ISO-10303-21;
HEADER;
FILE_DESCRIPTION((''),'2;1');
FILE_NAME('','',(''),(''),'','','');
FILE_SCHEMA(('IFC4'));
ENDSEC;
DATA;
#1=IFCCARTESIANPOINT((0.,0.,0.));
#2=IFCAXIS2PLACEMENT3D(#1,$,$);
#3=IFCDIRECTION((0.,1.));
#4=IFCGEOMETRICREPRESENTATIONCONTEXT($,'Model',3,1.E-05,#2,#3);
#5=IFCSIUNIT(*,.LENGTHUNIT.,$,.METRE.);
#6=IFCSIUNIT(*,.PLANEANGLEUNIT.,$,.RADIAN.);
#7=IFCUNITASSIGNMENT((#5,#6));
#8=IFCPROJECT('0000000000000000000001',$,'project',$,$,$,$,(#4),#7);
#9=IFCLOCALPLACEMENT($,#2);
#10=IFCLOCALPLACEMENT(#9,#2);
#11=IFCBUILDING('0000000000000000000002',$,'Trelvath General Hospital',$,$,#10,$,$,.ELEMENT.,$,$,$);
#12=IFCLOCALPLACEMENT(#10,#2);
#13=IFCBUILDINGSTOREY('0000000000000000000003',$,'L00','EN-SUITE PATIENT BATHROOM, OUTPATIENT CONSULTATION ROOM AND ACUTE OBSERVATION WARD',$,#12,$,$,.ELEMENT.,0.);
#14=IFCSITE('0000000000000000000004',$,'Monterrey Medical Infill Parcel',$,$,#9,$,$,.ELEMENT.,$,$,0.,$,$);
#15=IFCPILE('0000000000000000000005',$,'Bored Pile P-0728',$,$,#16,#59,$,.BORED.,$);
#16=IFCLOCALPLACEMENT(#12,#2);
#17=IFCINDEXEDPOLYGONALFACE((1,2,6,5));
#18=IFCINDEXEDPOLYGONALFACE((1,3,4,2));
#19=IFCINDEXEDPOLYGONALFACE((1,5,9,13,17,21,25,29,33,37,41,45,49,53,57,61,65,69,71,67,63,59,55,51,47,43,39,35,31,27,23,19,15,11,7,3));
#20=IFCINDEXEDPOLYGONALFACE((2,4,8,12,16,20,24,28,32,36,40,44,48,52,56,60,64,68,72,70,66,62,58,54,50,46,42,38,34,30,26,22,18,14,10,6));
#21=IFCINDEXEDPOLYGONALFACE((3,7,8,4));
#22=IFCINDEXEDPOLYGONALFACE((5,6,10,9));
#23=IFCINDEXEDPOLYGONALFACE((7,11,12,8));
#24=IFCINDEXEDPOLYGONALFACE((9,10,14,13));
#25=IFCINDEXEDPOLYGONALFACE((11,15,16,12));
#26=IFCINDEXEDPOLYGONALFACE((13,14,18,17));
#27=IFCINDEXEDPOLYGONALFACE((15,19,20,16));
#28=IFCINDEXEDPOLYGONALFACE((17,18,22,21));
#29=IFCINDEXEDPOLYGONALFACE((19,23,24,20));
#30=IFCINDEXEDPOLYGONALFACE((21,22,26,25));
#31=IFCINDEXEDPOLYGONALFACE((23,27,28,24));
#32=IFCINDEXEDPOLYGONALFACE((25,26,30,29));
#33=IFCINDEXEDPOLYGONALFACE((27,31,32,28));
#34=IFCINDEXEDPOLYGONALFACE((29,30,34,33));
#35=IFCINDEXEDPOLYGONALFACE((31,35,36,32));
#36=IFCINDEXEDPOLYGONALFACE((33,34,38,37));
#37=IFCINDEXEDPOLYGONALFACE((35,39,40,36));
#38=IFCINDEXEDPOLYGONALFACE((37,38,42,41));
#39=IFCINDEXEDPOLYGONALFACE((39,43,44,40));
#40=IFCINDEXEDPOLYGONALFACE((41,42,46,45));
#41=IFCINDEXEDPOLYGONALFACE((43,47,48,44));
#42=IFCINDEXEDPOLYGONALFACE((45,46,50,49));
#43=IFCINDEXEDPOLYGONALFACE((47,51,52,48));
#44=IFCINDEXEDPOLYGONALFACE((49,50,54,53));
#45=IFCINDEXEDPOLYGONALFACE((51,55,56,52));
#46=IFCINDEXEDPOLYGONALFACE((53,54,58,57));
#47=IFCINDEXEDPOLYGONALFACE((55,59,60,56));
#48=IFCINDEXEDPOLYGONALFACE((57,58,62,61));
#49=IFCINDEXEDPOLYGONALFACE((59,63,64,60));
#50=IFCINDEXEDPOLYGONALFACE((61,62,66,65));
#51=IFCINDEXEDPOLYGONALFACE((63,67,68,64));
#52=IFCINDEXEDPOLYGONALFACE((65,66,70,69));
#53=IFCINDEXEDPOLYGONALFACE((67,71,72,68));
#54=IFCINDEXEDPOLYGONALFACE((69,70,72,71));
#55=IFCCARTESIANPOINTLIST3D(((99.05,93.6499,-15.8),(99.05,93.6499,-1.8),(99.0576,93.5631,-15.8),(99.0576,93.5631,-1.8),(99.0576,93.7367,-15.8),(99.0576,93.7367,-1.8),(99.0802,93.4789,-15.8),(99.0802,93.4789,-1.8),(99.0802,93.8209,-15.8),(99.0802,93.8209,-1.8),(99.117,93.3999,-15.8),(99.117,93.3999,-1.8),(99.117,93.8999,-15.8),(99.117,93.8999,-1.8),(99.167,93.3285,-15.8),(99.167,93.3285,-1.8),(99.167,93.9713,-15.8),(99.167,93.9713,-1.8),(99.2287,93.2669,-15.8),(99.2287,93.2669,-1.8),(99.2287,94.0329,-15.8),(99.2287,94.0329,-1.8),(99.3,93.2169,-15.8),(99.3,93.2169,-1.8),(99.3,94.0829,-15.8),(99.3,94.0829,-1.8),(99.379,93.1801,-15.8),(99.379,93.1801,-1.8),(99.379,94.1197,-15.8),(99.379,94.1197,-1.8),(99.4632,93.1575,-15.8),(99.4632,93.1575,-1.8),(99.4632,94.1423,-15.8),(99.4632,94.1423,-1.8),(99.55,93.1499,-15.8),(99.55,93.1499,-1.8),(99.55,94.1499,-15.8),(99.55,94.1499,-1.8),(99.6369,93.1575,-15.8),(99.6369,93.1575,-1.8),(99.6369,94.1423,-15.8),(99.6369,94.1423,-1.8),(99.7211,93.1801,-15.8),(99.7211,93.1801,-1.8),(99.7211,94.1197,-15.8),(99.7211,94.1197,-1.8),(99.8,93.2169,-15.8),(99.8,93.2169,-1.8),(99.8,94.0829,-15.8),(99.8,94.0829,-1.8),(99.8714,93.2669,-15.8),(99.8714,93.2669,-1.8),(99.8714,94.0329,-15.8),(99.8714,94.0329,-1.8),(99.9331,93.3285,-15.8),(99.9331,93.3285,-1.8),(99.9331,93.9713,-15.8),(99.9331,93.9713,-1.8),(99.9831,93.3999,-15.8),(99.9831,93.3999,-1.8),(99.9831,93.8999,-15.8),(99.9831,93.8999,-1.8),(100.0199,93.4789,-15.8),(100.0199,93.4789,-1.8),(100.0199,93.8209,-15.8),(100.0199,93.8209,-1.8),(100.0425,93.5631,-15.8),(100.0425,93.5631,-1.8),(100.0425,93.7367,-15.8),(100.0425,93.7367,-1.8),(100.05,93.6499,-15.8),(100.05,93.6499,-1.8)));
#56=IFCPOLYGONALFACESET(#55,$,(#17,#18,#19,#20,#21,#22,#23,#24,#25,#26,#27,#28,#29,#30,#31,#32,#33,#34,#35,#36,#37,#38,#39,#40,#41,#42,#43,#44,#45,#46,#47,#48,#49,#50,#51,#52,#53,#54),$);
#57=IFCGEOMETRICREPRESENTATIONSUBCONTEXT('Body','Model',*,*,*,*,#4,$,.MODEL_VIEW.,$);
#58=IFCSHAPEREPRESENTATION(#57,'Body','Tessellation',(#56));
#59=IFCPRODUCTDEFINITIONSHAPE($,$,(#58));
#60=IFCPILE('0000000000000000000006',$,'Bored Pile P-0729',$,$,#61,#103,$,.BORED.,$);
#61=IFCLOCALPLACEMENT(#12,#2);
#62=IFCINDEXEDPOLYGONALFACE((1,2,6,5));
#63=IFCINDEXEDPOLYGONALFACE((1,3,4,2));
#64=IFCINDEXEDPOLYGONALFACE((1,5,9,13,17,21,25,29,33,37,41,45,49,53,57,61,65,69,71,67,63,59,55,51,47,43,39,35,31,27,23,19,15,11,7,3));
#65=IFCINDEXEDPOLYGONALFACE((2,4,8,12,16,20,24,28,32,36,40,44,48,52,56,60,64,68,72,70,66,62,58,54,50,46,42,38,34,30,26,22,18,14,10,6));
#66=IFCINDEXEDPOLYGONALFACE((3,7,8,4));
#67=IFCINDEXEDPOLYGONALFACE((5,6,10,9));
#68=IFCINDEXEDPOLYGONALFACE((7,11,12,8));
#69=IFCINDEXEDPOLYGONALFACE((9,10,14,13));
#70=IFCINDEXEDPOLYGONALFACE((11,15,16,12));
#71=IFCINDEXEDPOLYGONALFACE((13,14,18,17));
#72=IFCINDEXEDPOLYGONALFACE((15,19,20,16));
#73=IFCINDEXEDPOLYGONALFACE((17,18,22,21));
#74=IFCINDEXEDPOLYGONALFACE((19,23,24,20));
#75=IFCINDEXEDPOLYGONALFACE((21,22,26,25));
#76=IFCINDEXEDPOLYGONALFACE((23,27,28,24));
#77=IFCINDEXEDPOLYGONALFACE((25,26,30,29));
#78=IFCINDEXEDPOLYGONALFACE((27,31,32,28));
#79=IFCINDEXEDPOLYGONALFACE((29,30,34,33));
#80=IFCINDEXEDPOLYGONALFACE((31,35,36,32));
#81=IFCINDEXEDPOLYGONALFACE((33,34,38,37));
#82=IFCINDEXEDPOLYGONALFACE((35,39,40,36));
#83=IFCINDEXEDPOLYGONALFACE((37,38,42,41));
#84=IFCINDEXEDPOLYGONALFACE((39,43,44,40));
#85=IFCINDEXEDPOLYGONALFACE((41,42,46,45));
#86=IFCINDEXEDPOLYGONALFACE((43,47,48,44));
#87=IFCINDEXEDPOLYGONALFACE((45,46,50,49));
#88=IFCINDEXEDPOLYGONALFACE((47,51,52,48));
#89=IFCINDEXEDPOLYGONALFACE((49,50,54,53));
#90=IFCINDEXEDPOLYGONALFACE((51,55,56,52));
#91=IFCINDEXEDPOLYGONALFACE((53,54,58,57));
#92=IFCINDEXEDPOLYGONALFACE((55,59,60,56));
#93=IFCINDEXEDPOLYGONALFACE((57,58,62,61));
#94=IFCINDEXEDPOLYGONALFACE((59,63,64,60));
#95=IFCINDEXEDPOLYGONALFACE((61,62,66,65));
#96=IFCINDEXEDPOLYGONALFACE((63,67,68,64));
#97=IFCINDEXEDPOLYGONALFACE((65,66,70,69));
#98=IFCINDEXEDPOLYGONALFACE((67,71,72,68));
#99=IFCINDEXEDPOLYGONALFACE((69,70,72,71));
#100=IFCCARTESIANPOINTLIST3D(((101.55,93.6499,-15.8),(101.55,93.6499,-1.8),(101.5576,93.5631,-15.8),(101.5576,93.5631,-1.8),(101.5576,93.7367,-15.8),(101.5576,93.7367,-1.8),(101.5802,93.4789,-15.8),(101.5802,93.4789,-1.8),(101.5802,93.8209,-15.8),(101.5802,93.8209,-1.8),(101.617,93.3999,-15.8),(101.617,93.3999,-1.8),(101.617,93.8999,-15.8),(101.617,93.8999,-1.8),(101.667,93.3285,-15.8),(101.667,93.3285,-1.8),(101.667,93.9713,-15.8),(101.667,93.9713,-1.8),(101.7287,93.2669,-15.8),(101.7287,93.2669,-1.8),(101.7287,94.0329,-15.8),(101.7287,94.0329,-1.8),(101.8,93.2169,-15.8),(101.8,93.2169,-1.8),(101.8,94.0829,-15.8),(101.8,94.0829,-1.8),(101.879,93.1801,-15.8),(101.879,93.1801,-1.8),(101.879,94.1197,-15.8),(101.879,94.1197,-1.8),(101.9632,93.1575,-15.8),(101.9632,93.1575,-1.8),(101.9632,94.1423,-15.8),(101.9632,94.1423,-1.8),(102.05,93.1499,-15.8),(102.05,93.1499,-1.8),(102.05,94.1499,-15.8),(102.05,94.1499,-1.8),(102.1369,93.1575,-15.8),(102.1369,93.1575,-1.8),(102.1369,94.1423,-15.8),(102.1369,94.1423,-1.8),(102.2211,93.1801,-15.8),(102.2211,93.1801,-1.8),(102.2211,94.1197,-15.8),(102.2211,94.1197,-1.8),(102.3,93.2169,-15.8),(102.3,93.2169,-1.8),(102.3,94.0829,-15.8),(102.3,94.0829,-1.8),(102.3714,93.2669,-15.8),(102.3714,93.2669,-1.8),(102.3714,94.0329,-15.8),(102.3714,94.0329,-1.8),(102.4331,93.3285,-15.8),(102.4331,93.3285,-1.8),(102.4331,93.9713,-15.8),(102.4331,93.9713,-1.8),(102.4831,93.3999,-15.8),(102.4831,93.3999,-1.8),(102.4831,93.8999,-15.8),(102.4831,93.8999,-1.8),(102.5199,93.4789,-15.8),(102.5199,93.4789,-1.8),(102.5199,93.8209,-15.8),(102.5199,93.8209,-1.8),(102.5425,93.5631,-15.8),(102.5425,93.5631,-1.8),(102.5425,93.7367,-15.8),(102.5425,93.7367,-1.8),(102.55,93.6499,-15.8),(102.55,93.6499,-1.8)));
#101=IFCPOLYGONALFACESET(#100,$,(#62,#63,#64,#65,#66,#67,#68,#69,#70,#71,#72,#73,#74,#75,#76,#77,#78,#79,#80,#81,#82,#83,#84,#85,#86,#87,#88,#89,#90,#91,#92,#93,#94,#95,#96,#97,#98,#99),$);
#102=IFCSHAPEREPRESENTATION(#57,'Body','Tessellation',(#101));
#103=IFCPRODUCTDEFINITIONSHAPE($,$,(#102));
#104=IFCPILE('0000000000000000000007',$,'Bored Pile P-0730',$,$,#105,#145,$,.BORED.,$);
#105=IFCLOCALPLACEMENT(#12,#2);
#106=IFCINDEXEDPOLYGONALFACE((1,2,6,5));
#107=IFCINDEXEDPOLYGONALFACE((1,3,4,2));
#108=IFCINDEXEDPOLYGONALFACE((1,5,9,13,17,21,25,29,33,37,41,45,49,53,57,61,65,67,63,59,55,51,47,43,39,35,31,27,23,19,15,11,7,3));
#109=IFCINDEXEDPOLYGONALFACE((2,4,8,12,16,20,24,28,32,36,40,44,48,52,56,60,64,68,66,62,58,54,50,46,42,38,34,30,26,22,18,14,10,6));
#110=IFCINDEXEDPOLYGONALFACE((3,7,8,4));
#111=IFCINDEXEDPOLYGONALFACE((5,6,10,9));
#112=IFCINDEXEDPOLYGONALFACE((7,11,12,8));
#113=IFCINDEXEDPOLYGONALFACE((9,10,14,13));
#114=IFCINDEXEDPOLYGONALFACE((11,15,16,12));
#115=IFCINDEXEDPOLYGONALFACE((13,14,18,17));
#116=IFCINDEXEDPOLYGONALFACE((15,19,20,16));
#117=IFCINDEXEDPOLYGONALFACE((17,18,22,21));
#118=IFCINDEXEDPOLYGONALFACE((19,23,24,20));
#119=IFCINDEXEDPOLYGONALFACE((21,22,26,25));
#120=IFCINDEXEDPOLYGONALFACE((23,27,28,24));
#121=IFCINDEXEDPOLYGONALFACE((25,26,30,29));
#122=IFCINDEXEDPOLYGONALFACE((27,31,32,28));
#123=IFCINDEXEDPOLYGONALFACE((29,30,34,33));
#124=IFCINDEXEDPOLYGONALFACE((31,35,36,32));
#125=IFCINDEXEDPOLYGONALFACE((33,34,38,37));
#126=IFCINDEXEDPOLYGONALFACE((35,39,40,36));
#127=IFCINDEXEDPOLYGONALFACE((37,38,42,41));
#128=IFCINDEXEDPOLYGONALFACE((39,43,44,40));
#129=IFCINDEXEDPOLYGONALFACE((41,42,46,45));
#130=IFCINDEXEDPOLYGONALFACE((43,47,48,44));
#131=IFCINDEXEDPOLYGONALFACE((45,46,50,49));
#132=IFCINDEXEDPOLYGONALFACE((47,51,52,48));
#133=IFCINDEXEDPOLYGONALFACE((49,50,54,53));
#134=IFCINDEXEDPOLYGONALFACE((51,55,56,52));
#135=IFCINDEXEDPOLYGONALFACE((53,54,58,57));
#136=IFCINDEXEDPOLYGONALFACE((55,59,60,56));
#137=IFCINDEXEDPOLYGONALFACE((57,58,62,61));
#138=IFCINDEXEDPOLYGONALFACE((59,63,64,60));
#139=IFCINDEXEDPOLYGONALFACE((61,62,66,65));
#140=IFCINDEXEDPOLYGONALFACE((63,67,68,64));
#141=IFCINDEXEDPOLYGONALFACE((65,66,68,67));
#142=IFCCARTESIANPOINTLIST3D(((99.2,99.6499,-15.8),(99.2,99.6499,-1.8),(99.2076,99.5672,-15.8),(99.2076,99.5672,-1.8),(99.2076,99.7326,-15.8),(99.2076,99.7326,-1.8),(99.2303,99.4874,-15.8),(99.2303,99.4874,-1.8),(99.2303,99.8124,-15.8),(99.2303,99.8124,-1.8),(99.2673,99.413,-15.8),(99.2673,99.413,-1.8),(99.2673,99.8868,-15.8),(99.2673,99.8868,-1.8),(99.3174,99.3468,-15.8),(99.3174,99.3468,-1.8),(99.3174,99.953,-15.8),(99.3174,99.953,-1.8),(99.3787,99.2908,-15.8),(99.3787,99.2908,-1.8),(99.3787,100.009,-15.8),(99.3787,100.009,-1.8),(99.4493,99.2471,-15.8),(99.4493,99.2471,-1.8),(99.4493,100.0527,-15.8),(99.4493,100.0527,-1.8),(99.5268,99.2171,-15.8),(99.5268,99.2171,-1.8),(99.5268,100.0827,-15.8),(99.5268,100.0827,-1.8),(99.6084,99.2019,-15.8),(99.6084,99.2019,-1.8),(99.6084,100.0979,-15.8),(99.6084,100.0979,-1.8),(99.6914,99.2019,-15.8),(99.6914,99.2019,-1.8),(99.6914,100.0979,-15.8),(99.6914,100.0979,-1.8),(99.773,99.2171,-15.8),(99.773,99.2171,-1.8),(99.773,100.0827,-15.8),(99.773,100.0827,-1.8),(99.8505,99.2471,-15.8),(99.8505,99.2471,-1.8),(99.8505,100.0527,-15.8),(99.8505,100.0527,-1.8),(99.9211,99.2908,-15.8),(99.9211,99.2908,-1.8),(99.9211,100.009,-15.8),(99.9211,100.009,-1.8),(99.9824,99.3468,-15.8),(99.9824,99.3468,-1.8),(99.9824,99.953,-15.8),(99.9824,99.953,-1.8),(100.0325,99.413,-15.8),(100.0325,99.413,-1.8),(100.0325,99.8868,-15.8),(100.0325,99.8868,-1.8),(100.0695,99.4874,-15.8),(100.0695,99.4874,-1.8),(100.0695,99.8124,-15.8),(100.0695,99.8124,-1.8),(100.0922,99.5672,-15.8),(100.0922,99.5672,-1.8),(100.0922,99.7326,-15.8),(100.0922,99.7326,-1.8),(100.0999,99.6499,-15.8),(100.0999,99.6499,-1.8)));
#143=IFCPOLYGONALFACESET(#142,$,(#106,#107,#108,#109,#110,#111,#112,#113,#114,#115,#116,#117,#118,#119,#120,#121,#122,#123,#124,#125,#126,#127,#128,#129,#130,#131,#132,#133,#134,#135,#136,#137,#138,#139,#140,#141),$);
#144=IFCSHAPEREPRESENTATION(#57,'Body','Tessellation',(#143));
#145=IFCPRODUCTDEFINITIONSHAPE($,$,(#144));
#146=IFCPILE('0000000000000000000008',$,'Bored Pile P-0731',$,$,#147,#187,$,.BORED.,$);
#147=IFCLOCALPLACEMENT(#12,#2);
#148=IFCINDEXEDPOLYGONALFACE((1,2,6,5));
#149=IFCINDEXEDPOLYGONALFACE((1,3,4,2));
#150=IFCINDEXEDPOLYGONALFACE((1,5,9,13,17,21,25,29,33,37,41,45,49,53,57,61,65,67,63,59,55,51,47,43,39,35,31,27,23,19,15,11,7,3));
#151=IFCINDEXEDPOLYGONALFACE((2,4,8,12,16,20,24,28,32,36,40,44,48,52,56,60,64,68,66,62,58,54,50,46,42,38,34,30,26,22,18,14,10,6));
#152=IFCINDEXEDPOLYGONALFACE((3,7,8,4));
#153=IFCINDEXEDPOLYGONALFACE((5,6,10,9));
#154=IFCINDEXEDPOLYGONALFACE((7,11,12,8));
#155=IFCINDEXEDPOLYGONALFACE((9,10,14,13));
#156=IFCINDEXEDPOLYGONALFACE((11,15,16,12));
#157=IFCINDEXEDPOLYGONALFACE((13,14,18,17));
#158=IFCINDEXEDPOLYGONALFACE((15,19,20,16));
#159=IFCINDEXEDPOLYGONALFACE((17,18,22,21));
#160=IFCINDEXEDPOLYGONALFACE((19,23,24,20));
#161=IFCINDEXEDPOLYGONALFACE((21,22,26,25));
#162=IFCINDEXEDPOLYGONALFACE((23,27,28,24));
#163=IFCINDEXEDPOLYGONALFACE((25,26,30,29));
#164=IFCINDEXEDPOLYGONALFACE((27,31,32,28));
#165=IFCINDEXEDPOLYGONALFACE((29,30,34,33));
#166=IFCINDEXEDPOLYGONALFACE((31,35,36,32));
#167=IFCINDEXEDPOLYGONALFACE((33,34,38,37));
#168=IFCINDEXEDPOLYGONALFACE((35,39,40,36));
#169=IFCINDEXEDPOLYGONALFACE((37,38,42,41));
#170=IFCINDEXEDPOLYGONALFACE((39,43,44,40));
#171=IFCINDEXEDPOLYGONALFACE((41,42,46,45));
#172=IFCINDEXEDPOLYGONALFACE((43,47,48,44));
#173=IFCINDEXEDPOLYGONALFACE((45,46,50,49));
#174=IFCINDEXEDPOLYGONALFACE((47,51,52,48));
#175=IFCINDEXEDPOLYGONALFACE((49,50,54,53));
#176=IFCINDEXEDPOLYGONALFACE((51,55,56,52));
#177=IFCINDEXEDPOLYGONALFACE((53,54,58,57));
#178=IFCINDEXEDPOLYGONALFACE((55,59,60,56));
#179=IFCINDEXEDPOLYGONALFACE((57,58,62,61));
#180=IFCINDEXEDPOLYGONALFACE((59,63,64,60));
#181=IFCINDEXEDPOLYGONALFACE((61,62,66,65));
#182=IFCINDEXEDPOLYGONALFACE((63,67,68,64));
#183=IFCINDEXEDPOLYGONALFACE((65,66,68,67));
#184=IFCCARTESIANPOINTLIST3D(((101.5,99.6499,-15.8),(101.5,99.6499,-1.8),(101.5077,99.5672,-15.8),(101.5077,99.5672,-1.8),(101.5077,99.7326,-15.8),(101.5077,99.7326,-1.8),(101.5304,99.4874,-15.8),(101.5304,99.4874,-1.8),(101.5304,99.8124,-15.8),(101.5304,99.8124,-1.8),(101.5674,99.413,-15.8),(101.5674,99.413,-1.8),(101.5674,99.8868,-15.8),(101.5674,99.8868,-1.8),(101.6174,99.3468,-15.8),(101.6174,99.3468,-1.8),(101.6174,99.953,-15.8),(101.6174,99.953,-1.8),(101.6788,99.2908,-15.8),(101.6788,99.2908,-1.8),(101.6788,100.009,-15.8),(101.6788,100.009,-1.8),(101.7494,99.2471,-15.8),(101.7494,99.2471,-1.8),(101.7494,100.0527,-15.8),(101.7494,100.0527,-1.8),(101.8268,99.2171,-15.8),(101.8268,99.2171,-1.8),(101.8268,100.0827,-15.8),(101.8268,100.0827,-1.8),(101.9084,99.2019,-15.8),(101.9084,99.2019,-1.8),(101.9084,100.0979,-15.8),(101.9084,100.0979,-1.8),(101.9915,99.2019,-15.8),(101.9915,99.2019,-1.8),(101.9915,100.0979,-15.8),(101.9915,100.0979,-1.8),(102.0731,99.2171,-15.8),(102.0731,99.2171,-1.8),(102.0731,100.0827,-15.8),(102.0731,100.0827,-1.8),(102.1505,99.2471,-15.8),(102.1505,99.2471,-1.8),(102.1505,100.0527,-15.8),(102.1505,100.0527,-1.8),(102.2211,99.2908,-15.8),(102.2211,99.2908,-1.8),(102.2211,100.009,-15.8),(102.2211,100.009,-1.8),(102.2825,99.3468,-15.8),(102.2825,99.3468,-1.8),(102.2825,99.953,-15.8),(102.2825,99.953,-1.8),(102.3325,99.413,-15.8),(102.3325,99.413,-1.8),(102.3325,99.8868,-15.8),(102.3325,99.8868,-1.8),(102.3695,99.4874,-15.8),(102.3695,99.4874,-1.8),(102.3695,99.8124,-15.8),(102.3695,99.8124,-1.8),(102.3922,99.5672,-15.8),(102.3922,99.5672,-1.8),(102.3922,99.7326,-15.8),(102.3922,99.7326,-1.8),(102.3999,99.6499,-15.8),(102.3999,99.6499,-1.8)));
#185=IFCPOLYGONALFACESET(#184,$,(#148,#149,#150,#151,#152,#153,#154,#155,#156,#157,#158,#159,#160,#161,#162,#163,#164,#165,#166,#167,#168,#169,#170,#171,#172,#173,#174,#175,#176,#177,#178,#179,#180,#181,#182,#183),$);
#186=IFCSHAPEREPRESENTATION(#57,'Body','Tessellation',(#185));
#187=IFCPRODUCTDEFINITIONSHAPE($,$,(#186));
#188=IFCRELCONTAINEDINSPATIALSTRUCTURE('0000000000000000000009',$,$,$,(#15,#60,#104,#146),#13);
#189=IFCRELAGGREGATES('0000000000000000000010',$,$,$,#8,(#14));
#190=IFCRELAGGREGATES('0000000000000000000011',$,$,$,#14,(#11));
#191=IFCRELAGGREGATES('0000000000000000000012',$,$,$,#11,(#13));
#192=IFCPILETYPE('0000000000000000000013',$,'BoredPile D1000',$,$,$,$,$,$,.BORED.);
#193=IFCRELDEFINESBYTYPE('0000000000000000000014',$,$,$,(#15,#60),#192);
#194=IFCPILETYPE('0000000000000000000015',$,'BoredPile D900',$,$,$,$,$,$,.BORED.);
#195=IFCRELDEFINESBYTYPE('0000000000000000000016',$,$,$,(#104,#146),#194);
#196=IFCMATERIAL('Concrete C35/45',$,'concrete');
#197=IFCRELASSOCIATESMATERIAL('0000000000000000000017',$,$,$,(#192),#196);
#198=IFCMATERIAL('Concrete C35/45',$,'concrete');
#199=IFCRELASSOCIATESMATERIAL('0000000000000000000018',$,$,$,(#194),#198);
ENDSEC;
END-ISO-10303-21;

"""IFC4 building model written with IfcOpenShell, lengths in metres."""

from ifc_helpers import new_model, si_unit, direction, frame, origin, origin_2d, place, context, subcontext, project, spatial, circle, extrude, material, material_profile, profile_set, type_object, element, save


model = new_model("IFC4")

# Units and contexts
model_context = context("Model", 3, precision=1e-05, world=origin(), true_north=direction((0.0, 1.0)))
body_context = subcontext(model_context, "Body", "Model", "MODEL_VIEW")
ifc_project = project(units=[si_unit("LENGTHUNIT", "METRE"), si_unit("PLANEANGLEUNIT", "RADIAN")], contexts=[model_context])

# Site, building, storey
site_placement = place(None, origin())
site = spatial("IfcSite", under=ifc_project, at=site_placement, Name="Monterrey Medical Infill Parcel", CompositionType="ELEMENT", RefElevation=0.0)
building_placement = place(site_placement, origin())
building = spatial("IfcBuilding", under=site, at=building_placement, Name="Trelvath General Hospital", CompositionType="ELEMENT")
storey_placement = place(building_placement, origin())
storey = spatial("IfcBuildingStorey", under=building, at=storey_placement, Name="L00", Description="EN-SUITE PATIENT BATHROOM, OUTPATIENT CONSULTATION ROOM AND ACUTE OBSERVATION WARD", CompositionType="ELEMENT", Elevation=0.0)

# Piles
ifc_material_1 = material(Name="Concrete C35/45", Category="concrete")
ifc_material_profile_1 = material_profile(ifc_material_1, circle(Radius=0.5, at=origin_2d()), Name="PILE1000")
ifc_profile_set_1 = profile_set([ifc_material_profile_1], Name="Concrete C35/45")
pile_type_1 = type_object("IfcPileType", Name="BoredPile D1000", PredefinedType="BORED", material=ifc_profile_set_1)
for number, where, z_axis, x_axis, name in (
    (1, (99.55, 93.6499, -1.8), (0.0, 0.0, -1.0), (1.0, 0.0, 0.0), "Bored Pile P-0728"),
    (2, (102.05, 93.6499, -1.8), (0.0, 0.0, -1.0), (1.0, 0.0, 0.0), "Bored Pile P-0729"),
):
    element("IfcPile", number, at=place(storey_placement, frame(where, z_axis=z_axis, x_axis=x_axis)), inside=storey, type_object=pile_type_1, Name=name, PredefinedType="BORED", context=body_context, shape_type="SweptSolid", body=[
        extrude(circle(Radius=0.5, at=origin_2d()), origin(), (0.0, 0.0, 1.0), 14.0),
    ])
ifc_material_2 = material(Name="Concrete C35/45", Category="concrete")
ifc_material_profile_2 = material_profile(ifc_material_2, circle(Radius=0.45, at=origin_2d()), Name="PILE900")
ifc_profile_set_2 = profile_set([ifc_material_profile_2], Name="Concrete C35/45")
pile_type_2 = type_object("IfcPileType", Name="BoredPile D900", PredefinedType="BORED", material=ifc_profile_set_2)
for number, where, z_axis, x_axis, name in (
    (3, (99.6499, 99.6499, -1.8), (0.0, 0.0, -1.0), (1.0, 0.0, 0.0), "Bored Pile P-0730"),
    (4, (101.95, 99.6499, -1.8), (0.0, 0.0, -1.0), (1.0, 0.0, 0.0), "Bored Pile P-0731"),
):
    element("IfcPile", number, at=place(storey_placement, frame(where, z_axis=z_axis, x_axis=x_axis)), inside=storey, type_object=pile_type_2, Name=name, PredefinedType="BORED", context=body_context, shape_type="SweptSolid", body=[
        extrude(circle(Radius=0.45, at=origin_2d()), origin(), (0.0, 0.0, 1.0), 14.0),
    ])

save(model, "model.ifc")
